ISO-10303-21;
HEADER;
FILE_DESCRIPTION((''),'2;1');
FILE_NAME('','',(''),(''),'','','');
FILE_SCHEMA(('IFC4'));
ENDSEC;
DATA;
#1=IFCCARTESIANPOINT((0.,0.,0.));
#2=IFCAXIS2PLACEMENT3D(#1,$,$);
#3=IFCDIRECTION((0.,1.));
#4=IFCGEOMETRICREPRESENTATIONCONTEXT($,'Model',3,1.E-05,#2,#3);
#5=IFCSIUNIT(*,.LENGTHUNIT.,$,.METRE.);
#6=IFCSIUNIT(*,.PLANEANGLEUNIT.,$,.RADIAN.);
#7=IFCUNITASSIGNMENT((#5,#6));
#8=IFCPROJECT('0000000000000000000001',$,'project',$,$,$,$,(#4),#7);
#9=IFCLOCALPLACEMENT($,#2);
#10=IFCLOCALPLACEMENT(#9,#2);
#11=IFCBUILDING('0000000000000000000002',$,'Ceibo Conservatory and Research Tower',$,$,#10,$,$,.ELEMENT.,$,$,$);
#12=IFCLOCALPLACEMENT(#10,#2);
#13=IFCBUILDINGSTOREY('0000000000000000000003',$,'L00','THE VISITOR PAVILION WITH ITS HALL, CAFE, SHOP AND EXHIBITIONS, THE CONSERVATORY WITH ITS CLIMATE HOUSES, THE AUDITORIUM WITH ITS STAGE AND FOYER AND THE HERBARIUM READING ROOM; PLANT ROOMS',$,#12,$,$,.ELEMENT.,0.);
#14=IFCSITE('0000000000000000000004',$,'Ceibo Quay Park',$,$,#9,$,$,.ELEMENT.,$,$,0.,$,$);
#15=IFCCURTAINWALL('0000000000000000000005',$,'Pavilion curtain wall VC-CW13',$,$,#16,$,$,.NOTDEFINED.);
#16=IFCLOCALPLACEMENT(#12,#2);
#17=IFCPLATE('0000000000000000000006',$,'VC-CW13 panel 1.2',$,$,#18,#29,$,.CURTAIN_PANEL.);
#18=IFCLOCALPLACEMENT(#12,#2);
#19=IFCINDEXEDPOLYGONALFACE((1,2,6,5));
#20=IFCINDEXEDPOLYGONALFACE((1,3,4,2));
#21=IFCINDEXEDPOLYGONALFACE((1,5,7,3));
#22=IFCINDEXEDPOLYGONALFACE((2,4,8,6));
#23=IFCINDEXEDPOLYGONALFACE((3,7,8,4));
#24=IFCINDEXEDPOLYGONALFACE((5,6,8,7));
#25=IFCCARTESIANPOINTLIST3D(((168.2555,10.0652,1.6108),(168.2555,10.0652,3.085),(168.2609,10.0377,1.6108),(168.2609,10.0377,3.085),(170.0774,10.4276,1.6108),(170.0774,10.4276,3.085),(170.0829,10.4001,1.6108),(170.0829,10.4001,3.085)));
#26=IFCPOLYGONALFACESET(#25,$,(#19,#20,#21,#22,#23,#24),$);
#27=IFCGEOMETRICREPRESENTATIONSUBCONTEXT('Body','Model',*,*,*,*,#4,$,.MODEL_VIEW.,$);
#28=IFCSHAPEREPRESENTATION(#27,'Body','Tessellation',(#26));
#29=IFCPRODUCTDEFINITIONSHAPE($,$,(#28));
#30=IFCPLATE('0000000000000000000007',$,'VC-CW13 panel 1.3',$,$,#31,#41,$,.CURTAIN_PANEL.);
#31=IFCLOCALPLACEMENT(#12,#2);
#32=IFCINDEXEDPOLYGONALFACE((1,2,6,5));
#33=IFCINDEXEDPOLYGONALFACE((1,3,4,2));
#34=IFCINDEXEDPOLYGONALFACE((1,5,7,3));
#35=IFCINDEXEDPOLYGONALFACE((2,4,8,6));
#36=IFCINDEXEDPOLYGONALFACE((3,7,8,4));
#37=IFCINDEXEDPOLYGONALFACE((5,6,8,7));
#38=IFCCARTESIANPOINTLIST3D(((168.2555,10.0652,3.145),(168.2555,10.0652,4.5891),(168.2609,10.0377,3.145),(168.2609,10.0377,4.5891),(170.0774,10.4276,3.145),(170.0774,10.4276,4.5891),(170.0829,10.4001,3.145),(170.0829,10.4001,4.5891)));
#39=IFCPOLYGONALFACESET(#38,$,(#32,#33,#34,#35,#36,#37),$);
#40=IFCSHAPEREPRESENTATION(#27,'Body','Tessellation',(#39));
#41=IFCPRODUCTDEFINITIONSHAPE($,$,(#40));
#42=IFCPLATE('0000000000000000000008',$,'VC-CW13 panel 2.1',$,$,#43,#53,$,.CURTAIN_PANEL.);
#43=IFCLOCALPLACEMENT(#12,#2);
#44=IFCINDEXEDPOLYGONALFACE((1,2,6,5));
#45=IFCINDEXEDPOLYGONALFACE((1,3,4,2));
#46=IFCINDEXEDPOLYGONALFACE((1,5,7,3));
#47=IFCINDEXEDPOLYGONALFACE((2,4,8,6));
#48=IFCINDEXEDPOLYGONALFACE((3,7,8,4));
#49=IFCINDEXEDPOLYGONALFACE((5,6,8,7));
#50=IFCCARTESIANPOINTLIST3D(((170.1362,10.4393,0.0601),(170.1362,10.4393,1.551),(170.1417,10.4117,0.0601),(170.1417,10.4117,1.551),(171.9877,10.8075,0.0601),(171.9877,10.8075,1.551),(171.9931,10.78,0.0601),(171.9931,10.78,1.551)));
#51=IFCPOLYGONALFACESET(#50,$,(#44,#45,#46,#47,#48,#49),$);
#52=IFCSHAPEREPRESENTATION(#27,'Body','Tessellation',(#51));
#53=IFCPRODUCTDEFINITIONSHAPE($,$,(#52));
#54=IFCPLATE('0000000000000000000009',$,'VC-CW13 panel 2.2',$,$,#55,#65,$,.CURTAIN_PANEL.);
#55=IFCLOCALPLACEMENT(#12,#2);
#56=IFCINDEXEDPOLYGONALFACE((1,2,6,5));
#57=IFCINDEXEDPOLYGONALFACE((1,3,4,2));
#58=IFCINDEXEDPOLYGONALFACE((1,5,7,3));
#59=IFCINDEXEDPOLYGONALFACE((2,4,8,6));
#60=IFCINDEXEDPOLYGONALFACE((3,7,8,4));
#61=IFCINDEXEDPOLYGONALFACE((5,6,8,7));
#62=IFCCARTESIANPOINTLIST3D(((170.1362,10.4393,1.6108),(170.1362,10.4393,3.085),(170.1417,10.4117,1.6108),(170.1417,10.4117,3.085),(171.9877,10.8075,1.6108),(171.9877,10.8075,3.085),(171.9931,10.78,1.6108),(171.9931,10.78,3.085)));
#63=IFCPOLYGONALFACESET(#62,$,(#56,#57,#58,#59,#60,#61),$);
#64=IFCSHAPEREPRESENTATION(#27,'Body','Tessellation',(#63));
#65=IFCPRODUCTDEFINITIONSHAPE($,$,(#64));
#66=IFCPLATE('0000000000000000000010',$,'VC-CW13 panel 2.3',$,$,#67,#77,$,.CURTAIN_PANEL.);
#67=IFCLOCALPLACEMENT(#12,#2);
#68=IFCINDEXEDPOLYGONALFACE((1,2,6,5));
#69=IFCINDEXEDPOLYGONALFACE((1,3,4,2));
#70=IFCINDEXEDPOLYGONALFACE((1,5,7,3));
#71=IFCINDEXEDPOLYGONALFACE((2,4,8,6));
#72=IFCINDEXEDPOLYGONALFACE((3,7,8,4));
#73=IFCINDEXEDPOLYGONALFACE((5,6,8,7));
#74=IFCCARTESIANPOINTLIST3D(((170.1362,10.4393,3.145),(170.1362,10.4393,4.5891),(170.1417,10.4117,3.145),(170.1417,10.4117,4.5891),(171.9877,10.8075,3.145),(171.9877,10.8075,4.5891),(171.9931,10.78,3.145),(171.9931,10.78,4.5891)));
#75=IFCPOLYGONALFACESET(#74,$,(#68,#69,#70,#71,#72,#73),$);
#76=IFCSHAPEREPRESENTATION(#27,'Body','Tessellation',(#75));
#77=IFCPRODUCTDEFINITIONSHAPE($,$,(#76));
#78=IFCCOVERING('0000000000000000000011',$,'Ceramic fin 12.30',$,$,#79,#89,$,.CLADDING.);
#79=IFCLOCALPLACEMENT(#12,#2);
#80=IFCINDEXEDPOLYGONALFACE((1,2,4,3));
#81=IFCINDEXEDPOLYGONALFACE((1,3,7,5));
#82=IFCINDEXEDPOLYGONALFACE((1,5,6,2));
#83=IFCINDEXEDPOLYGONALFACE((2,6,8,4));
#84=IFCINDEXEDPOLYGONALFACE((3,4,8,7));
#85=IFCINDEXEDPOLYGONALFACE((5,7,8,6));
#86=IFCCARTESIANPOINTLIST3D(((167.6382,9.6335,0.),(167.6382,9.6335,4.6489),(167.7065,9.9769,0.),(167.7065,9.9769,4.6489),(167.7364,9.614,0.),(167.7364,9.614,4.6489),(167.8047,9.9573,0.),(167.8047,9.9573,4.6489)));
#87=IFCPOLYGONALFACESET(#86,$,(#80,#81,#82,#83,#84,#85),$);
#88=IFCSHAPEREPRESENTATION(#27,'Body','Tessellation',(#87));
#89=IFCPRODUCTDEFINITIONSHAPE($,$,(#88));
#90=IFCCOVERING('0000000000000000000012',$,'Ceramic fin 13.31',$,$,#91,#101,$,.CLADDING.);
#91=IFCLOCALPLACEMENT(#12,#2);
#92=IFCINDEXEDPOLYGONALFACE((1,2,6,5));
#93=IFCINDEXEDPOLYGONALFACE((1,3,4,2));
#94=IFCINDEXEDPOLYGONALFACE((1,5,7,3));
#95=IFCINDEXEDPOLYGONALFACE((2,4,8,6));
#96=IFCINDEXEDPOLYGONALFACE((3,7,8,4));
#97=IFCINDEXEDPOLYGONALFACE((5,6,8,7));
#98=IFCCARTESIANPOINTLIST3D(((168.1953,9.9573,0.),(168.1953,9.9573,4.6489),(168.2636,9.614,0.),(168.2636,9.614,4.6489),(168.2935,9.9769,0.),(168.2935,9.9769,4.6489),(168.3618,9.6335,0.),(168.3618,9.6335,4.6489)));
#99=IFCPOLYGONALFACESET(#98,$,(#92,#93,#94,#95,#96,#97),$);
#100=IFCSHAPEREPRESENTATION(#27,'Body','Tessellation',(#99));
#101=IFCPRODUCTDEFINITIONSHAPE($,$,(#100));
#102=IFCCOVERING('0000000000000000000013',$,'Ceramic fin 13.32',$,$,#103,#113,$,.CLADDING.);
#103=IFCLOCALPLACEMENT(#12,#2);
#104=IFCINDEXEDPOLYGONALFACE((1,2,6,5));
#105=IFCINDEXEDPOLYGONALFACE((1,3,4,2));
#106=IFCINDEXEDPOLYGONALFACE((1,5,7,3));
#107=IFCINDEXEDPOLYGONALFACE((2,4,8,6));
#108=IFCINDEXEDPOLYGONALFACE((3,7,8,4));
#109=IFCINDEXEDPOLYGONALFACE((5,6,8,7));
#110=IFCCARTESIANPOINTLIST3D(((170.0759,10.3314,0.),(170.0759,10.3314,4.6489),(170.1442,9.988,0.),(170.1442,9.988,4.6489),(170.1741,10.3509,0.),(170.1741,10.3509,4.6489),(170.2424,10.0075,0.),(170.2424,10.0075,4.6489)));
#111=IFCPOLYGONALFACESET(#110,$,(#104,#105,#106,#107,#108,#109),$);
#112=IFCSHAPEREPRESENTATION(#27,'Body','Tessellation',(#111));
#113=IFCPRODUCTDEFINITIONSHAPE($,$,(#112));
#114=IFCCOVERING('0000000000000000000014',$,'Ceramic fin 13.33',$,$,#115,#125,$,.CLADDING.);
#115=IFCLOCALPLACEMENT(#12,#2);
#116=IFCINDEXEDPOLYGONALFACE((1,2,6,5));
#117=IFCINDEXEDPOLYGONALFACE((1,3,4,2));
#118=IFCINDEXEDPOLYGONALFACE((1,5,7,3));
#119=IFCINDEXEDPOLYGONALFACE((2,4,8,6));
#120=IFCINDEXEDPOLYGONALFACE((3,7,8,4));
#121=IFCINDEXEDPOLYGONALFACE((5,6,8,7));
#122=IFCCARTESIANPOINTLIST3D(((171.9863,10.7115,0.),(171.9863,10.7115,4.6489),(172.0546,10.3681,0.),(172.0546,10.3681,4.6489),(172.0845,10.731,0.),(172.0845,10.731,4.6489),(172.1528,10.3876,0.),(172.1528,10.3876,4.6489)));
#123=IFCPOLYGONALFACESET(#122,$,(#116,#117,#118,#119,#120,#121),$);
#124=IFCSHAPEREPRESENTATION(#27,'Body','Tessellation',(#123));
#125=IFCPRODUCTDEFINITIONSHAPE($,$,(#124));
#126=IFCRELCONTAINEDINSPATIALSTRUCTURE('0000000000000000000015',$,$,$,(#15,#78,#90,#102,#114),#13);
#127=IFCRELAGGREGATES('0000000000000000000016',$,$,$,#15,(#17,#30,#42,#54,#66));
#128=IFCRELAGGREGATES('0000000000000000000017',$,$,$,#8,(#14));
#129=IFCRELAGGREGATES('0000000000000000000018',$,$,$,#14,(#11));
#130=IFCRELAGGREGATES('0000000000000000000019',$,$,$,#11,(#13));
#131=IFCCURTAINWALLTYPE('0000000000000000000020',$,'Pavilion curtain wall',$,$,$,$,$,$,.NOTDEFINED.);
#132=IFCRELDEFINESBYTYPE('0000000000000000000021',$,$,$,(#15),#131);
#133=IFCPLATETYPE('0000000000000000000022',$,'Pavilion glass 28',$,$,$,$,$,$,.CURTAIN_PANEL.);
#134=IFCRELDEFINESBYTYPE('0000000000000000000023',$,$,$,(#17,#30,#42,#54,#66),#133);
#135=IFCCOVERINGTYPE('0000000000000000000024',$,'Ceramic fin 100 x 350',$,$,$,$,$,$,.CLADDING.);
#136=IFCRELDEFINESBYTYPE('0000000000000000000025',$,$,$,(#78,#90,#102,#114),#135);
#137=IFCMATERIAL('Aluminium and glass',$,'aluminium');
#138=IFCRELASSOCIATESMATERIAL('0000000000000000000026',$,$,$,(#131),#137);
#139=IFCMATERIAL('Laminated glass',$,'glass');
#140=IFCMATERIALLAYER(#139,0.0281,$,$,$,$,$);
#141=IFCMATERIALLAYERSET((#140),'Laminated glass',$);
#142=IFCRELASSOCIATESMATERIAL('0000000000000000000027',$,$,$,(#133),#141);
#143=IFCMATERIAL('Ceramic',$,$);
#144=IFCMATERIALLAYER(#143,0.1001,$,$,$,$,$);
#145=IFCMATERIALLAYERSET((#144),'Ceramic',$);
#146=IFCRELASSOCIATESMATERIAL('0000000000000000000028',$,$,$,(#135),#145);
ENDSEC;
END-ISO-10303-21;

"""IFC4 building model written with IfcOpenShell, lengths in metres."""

from ifc_helpers import new_model, si_unit, direction, frame, origin, origin_2d, place, context, subcontext, project, spatial, rectangle, extrude, material, layer, layer_set, type_object, element, aggregate, save


model = new_model("IFC4")

# Units and contexts
model_context = context("Model", 3, precision=1e-05, world=origin(), true_north=direction((0.0, 1.0)))
body_context = subcontext(model_context, "Body", "Model", "MODEL_VIEW")
ifc_project = project(units=[si_unit("LENGTHUNIT", "METRE"), si_unit("PLANEANGLEUNIT", "RADIAN")], contexts=[model_context])

# Site, building, storey
site_placement = place(None, origin())
site = spatial("IfcSite", under=ifc_project, at=site_placement, Name="Ceibo Quay Park", CompositionType="ELEMENT", RefElevation=0.0)
building_placement = place(site_placement, origin())
building = spatial("IfcBuilding", under=site, at=building_placement, Name="Ceibo Conservatory and Research Tower", CompositionType="ELEMENT")
storey_placement = place(building_placement, origin())
storey = spatial("IfcBuildingStorey", under=building, at=storey_placement, Name="L00", Description="THE VISITOR PAVILION WITH ITS HALL, CAFE, SHOP AND EXHIBITIONS, THE CONSERVATORY WITH ITS CLIMATE HOUSES, THE AUDITORIUM WITH ITS STAGE AND FOYER AND THE HERBARIUM READING ROOM; PLANT ROOMS", CompositionType="ELEMENT", Elevation=0.0)

# Shared definitions
ifc_material_1 = material(Name="Aluminium and glass", Category="aluminium")
curtain_wall_type = type_object("IfcCurtainWallType", Name="Pavilion curtain wall", PredefinedType="NOTDEFINED", material=ifc_material_1)

# Curtain wall
curtain_wall_1_placement = place(storey_placement, origin())
curtain_wall_1 = element("IfcCurtainWall", 1, at=curtain_wall_1_placement, inside=storey, type_object=curtain_wall_type, Name="Pavilion curtain wall VC-CW13", PredefinedType="NOTDEFINED")

# Plates
ifc_material_2 = material(Name="Laminated glass", Category="glass")
ifc_layer_1 = layer(ifc_material_2, 0.0281)
ifc_layer_set_1 = layer_set([ifc_layer_1], Name="Laminated glass")
plate_type = type_object("IfcPlateType", Name="Pavilion glass 28", PredefinedType="CURTAIN_PANEL", material=ifc_layer_set_1)
plate_1_placement = place(storey_placement, frame((169.1692, 10.2327, 1.6108), z_axis=(0.0, 0.0, 1.0), x_axis=(0.980785, 0.19509, 0.0)))
plate_1 = element("IfcPlate", 2, at=plate_1_placement, type_object=plate_type, Name="VC-CW13 panel 1.2", PredefinedType="CURTAIN_PANEL", context=body_context, shape_type="SweptSolid", body=[
    extrude(rectangle(XDim=1.8577, YDim=0.0281, at=origin_2d()), origin(), (0.0, 0.0, 1.0), 1.4741),
])
plate_2_placement = place(storey_placement, frame((169.1692, 10.2327, 3.145), z_axis=(0.0, 0.0, 1.0), x_axis=(0.980785, 0.19509, 0.0)))
plate_2 = element("IfcPlate", 3, at=plate_2_placement, type_object=plate_type, Name="VC-CW13 panel 1.3", PredefinedType="CURTAIN_PANEL", context=body_context, shape_type="SweptSolid", body=[
    extrude(rectangle(XDim=1.8577, YDim=0.0281, at=origin_2d()), origin(), (0.0, 0.0, 1.0), 1.4441),
])
plate_3_placement = place(storey_placement, frame((171.0647, 10.6096, 0.0601), z_axis=(0.0, 0.0, 1.0), x_axis=(0.980785, 0.19509, 0.0)))
plate_3 = element("IfcPlate", 4, at=plate_3_placement, type_object=plate_type, Name="VC-CW13 panel 2.1", PredefinedType="CURTAIN_PANEL", context=body_context, shape_type="SweptSolid", body=[
    extrude(rectangle(XDim=1.8877, YDim=0.0281, at=origin_2d()), origin(), (0.0, 0.0, 1.0), 1.491),
])
plate_4_placement = place(storey_placement, frame((171.0647, 10.6096, 1.6108), z_axis=(0.0, 0.0, 1.0), x_axis=(0.980785, 0.19509, 0.0)))
plate_4 = element("IfcPlate", 5, at=plate_4_placement, type_object=plate_type, Name="VC-CW13 panel 2.2", PredefinedType="CURTAIN_PANEL", context=body_context, shape_type="SweptSolid", body=[
    extrude(rectangle(XDim=1.8877, YDim=0.0281, at=origin_2d()), origin(), (0.0, 0.0, 1.0), 1.4741),
])
plate_5_placement = place(storey_placement, frame((171.0647, 10.6096, 3.145), z_axis=(0.0, 0.0, 1.0), x_axis=(0.980785, 0.19509, 0.0)))
plate_5 = element("IfcPlate", 6, at=plate_5_placement, type_object=plate_type, Name="VC-CW13 panel 2.3", PredefinedType="CURTAIN_PANEL", context=body_context, shape_type="SweptSolid", body=[
    extrude(rectangle(XDim=1.8877, YDim=0.0281, at=origin_2d()), origin(), (0.0, 0.0, 1.0), 1.4441),
])
aggregate(curtain_wall_1, [plate_1, plate_2, plate_3, plate_4, plate_5])

# Coverings
ifc_material_3 = material(Name="Ceramic")
ifc_layer_2 = layer(ifc_material_3, 0.1001)
ifc_layer_set_2 = layer_set([ifc_layer_2], Name="Ceramic")
covering_type = type_object("IfcCoveringType", Name="Ceramic fin 100 x 350", PredefinedType="CLADDING", material=ifc_layer_set_2)
for number, where, z_axis, x_axis, name in (
    (7, (167.7214, 9.7954, 0.0), (0.0, 0.0, 1.0), (-0.980785, 0.19509, 0.0), "Ceramic fin 12.30"),
    (8, (168.2786, 9.7954, 0.0), (0.0, 0.0, 1.0), (-0.980785, -0.19509, 0.0), "Ceramic fin 13.31"),
    (9, (170.1592, 10.1694, 0.0), (0.0, 0.0, 1.0), (-0.980785, -0.19509, 0.0), "Ceramic fin 13.32"),
    (10, (172.0696, 10.5496, 0.0), (0.0, 0.0, 1.0), (-0.980785, -0.19509, 0.0), "Ceramic fin 13.33"),
):
    element("IfcCovering", number, at=place(storey_placement, frame(where, z_axis=z_axis, x_axis=x_axis)), inside=storey, type_object=covering_type, Name=name, PredefinedType="CLADDING", context=body_context, shape_type="SweptSolid", body=[
        extrude(rectangle(XDim=0.1001, YDim=0.3501, at=origin_2d()), origin(), (0.0, 0.0, 1.0), 4.6489),
    ])

save(model, "model.ifc")
